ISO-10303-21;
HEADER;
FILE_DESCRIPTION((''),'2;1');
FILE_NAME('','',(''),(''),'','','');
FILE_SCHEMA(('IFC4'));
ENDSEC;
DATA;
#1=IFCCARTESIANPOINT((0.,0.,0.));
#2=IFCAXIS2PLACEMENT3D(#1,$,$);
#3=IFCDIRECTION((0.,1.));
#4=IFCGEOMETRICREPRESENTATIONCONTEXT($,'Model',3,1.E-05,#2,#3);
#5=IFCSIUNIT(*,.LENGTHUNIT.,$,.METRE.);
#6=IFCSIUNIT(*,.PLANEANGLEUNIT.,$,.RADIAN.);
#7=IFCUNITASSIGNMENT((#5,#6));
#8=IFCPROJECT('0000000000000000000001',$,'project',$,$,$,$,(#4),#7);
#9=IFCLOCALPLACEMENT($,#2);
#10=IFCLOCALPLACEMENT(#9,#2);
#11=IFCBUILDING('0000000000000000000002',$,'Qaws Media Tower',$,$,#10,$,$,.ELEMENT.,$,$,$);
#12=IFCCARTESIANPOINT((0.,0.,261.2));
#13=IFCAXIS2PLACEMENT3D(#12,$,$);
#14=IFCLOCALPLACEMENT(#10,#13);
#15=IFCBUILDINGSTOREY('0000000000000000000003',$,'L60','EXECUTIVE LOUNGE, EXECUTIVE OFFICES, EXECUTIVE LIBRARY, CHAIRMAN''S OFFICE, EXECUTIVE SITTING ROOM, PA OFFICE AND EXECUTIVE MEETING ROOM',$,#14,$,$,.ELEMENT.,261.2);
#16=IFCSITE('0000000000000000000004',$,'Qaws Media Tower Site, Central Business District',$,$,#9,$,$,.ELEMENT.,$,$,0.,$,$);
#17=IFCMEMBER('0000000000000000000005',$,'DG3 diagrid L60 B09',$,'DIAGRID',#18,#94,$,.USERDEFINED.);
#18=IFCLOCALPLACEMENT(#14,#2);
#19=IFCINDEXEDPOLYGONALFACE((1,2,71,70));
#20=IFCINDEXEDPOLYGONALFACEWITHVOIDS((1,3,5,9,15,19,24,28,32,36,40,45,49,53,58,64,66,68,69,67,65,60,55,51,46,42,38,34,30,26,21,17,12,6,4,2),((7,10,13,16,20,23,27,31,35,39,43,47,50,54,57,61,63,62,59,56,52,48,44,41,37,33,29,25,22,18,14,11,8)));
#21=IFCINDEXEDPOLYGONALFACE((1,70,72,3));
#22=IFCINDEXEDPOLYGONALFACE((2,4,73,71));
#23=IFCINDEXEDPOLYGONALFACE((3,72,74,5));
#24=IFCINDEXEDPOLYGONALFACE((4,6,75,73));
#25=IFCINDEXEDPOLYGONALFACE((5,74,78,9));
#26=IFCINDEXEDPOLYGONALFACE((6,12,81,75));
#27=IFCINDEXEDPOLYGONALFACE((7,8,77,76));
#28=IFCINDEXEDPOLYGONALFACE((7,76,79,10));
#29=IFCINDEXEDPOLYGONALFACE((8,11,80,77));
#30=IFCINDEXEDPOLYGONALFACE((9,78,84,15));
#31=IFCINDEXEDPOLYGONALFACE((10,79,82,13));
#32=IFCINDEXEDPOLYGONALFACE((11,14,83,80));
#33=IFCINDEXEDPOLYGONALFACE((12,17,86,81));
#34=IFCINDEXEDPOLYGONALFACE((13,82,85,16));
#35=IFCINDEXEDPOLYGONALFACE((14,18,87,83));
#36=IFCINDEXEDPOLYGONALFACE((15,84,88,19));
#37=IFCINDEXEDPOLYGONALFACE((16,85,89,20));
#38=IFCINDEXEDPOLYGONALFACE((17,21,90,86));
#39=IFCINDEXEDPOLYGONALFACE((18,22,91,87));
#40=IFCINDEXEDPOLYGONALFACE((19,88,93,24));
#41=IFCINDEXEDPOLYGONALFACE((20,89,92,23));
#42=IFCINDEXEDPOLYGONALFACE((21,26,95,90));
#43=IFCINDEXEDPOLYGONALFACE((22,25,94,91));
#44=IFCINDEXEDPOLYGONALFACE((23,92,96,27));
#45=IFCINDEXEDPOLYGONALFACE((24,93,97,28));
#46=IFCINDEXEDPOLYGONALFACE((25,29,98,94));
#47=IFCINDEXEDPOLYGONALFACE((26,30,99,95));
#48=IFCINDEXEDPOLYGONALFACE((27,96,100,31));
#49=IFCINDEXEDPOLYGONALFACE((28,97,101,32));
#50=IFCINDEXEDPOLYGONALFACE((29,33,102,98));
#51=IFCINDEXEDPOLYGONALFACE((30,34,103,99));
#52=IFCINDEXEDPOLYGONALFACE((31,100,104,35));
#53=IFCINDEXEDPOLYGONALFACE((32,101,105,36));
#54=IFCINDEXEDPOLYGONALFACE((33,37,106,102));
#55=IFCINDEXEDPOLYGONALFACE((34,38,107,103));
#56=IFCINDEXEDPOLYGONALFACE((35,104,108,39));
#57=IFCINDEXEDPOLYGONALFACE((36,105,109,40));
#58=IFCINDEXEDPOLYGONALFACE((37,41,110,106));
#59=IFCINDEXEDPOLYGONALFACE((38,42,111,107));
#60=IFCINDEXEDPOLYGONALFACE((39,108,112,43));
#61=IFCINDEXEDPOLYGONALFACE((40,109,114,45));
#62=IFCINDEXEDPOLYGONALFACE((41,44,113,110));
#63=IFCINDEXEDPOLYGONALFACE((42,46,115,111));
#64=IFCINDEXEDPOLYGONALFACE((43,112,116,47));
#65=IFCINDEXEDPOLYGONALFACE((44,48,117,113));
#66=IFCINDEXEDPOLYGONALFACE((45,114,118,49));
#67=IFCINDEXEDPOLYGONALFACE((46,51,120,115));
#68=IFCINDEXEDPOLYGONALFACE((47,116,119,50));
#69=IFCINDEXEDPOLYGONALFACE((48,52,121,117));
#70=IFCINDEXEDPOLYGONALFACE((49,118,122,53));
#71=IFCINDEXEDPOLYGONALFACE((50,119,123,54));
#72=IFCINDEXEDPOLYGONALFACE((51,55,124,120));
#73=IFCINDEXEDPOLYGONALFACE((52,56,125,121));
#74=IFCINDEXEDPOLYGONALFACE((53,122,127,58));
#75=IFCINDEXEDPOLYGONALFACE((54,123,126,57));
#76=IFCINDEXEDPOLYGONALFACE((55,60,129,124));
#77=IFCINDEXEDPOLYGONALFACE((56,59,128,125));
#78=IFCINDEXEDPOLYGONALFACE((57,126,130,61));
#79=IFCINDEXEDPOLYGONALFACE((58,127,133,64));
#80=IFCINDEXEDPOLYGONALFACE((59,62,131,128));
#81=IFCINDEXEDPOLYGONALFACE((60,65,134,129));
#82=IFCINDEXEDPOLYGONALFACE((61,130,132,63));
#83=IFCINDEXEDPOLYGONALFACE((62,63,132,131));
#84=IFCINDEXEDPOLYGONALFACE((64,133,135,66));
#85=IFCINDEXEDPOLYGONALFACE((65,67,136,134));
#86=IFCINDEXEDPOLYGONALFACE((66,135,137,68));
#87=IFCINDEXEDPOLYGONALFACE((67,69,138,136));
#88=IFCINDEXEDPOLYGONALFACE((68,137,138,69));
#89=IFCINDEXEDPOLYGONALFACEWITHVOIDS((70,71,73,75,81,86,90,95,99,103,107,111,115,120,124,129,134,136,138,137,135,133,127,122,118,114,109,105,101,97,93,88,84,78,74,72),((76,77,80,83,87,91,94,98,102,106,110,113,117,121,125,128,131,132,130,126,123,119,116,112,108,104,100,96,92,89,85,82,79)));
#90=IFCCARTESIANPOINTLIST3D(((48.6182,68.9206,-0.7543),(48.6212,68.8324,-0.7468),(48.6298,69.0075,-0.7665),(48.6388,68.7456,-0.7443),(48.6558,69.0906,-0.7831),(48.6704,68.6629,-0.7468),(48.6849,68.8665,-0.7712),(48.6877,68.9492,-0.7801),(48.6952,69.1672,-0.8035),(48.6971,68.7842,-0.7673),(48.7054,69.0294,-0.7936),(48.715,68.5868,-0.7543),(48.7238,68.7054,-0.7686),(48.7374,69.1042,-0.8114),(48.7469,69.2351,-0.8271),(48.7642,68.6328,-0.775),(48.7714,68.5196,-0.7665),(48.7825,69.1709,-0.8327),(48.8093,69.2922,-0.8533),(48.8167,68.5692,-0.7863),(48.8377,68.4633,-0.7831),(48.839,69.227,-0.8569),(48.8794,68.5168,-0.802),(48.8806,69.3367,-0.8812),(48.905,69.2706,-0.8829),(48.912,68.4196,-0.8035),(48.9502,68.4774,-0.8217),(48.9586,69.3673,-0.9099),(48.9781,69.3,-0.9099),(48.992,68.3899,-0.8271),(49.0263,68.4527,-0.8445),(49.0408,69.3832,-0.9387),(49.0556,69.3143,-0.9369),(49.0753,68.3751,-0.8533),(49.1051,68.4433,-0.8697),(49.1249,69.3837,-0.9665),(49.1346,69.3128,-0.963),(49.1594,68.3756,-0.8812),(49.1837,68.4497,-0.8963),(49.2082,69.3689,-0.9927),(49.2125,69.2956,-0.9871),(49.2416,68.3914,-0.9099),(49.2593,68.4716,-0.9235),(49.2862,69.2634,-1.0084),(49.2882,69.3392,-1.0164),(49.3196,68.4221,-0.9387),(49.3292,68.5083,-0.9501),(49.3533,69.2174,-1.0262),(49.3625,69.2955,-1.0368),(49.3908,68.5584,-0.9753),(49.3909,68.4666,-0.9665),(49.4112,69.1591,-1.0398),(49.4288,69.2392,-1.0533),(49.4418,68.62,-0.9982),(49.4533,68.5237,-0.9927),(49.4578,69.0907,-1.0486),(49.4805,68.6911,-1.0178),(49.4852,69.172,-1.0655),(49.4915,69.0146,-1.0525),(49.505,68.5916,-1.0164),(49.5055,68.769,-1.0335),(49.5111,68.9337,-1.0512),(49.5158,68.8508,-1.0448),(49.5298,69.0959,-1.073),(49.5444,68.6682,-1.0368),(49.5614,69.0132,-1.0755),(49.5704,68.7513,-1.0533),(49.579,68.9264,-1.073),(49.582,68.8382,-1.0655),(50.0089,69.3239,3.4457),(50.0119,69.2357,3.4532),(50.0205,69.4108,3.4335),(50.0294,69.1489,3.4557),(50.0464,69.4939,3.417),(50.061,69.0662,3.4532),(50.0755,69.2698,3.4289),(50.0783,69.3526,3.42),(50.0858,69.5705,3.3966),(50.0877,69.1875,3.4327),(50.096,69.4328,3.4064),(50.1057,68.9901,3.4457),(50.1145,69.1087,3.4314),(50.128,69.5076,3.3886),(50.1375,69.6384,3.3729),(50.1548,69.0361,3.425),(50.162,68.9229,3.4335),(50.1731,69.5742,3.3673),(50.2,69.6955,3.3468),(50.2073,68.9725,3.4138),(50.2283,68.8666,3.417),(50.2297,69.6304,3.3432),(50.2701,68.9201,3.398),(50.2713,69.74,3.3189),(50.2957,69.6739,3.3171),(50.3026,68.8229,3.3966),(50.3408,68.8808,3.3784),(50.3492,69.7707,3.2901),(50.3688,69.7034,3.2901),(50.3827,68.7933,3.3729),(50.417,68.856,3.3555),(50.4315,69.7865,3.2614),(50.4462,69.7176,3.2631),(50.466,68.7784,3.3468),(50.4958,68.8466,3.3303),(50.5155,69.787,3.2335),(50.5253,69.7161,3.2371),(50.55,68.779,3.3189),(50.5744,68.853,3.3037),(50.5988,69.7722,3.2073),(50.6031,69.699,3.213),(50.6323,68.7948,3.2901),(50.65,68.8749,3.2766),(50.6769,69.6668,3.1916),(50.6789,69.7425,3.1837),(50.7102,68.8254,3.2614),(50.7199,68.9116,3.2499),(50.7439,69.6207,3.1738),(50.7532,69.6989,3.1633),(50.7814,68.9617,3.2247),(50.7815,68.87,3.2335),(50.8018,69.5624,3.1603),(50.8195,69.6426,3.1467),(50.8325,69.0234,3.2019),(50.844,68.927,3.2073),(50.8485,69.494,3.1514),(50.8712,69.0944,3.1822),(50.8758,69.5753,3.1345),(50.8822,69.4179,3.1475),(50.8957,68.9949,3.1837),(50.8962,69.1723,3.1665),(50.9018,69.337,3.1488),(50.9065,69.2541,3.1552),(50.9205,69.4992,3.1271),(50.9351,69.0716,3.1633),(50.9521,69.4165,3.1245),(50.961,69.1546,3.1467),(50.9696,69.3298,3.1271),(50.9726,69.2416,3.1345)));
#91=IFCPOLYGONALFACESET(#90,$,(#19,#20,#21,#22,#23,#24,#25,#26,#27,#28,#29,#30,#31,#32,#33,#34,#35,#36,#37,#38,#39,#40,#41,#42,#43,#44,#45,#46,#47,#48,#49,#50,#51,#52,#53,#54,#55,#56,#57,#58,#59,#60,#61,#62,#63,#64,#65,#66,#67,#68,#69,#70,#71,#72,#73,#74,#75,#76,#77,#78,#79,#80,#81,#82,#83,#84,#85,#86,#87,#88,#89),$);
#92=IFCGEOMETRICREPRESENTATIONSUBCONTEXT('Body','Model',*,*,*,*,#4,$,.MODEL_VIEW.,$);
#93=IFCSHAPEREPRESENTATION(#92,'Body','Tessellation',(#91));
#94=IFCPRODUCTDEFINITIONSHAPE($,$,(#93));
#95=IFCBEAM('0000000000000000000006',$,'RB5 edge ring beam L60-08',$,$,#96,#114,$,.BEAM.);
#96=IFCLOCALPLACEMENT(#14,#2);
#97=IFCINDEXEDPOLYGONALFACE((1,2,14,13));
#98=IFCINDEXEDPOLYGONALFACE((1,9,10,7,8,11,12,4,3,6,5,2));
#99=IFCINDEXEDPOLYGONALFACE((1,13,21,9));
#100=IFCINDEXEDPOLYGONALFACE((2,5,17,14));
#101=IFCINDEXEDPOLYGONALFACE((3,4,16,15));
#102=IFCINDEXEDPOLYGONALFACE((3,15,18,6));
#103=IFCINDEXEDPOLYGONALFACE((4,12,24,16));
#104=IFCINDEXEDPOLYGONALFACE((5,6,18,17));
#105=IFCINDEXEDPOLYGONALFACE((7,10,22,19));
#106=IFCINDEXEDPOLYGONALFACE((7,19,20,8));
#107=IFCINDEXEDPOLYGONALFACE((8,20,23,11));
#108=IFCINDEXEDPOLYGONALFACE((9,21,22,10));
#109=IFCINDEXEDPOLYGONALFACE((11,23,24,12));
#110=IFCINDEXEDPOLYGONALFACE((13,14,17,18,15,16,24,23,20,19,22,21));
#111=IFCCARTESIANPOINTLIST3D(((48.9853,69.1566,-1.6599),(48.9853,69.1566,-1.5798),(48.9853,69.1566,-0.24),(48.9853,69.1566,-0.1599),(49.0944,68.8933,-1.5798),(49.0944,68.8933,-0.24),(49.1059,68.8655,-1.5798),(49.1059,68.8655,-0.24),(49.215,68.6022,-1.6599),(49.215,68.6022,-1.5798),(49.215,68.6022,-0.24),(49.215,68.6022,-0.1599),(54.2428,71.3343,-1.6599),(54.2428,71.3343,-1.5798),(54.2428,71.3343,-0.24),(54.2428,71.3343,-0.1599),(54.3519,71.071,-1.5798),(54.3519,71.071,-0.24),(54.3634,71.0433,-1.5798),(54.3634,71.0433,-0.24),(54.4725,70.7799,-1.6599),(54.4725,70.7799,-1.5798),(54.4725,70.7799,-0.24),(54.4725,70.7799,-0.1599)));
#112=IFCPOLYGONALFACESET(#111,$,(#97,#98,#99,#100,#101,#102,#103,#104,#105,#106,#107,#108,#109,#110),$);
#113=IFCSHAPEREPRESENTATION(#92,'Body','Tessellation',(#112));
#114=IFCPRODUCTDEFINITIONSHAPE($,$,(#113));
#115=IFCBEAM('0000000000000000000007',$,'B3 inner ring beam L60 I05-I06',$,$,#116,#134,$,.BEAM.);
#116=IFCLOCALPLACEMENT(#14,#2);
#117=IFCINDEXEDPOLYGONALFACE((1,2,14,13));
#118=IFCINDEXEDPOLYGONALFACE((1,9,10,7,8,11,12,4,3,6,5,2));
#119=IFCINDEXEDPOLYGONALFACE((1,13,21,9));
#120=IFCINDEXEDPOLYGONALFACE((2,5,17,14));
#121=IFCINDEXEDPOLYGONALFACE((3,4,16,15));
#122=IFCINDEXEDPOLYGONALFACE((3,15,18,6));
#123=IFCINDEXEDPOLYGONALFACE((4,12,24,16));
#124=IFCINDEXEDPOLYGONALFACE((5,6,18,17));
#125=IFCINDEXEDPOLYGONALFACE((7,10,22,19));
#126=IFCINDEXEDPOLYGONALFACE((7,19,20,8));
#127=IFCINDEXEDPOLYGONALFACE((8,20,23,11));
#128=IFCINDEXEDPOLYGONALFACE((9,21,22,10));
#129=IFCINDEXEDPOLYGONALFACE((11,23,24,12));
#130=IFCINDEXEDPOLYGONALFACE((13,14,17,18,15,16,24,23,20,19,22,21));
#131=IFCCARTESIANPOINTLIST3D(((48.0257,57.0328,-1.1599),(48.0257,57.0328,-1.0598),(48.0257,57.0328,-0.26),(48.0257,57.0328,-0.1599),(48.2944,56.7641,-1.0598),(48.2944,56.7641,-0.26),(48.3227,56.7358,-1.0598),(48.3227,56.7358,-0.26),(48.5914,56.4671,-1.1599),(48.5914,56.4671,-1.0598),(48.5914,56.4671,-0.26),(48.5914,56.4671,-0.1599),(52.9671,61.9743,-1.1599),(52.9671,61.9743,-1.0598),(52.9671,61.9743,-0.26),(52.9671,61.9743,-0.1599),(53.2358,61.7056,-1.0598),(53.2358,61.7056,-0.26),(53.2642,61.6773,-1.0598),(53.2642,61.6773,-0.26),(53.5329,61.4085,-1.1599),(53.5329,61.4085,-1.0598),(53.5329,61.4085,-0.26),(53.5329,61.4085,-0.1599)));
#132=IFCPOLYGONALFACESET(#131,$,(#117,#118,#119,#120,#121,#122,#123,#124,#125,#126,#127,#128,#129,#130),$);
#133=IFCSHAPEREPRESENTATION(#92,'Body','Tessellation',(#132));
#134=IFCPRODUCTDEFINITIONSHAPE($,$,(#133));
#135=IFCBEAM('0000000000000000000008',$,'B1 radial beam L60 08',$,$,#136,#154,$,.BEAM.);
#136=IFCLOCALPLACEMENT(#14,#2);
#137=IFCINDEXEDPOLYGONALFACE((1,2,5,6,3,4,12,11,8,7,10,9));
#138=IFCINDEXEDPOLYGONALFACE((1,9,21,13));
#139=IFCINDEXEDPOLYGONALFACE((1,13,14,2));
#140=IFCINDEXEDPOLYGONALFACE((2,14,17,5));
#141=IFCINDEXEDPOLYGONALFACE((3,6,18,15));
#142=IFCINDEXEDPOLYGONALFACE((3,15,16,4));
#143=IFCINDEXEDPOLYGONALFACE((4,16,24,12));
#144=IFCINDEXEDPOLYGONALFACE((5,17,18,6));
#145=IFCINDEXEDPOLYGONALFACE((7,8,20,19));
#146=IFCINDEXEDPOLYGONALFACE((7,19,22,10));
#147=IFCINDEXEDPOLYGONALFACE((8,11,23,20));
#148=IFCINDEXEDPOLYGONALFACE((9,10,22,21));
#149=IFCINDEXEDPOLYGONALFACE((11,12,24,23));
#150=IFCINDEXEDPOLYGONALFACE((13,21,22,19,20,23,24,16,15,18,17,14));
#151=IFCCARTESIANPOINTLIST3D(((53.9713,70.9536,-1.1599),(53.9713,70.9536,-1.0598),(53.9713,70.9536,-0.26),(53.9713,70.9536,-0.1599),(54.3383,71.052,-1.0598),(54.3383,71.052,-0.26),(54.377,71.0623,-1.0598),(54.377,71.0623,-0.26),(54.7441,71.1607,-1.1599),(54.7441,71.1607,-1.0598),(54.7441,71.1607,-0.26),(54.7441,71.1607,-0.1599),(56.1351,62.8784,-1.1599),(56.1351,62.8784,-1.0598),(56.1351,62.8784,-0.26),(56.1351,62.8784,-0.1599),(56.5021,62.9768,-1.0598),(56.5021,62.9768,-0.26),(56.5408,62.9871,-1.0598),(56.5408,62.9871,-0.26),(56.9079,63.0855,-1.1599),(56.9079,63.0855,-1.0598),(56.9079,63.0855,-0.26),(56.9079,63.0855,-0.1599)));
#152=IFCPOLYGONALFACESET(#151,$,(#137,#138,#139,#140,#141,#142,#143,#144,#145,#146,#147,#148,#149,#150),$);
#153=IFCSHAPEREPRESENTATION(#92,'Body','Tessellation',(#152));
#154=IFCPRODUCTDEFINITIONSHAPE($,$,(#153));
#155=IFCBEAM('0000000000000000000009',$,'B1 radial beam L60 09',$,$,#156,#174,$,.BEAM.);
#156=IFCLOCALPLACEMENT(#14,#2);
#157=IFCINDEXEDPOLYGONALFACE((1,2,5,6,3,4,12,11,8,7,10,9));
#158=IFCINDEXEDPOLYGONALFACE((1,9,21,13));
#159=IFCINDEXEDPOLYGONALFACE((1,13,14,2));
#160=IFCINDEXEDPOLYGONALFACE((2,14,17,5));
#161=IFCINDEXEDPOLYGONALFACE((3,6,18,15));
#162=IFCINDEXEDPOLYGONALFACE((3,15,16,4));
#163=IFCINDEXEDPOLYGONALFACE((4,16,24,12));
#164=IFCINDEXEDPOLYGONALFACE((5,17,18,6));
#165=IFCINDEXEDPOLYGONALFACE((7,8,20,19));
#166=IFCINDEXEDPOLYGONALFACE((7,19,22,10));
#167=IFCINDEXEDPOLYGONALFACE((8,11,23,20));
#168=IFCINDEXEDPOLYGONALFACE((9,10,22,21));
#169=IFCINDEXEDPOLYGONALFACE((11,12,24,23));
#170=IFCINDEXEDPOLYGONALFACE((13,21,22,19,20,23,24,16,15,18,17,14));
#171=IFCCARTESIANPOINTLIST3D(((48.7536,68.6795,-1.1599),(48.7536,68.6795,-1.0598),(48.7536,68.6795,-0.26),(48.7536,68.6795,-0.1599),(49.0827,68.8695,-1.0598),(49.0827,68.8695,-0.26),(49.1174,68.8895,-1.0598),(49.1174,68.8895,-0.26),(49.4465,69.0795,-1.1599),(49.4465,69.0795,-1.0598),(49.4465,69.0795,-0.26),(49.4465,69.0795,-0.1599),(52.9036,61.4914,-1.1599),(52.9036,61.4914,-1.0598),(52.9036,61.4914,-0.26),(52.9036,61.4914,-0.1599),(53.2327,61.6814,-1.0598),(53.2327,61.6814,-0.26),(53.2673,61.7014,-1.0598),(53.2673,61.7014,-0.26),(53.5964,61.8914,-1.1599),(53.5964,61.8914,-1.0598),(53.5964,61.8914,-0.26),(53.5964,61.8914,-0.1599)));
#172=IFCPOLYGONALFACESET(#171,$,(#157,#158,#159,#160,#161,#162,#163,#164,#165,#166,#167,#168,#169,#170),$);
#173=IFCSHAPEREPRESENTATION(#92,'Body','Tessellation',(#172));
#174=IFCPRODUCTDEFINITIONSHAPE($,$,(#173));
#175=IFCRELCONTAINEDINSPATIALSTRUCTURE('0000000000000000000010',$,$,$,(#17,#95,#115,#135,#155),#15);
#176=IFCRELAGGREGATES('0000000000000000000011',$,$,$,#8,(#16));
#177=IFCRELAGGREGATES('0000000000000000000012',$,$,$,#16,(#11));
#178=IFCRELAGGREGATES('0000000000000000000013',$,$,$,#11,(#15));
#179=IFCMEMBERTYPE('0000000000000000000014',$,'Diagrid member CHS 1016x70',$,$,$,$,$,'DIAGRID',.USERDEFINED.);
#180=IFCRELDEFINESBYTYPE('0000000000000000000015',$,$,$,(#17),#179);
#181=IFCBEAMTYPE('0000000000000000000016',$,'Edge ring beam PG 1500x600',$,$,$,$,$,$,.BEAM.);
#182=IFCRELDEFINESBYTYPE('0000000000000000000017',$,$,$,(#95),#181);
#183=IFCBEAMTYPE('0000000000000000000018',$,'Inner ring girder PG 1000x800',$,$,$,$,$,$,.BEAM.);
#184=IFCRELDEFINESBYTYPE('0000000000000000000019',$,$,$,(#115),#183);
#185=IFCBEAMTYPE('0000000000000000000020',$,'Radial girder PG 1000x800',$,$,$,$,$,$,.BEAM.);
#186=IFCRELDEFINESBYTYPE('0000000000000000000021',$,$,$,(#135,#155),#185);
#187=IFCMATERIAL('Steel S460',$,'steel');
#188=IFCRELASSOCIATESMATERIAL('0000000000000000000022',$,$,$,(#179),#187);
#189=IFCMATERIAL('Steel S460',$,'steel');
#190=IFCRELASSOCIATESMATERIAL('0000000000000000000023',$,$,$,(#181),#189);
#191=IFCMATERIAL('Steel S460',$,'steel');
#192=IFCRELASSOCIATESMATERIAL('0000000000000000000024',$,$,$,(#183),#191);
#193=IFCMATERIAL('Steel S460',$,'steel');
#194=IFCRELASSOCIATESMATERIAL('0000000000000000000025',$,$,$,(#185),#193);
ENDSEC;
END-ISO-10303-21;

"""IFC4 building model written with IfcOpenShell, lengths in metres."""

from ifc_helpers import new_model, si_unit, direction, frame, origin, origin_2d, place, context, subcontext, project, spatial, hollow_circle, i_section, extrude, material, material_profile, profile_set, type_object, element, save


model = new_model("IFC4")

# Units and contexts
model_context = context("Model", 3, precision=1e-05, world=origin(), true_north=direction((0.0, 1.0)))
body_context = subcontext(model_context, "Body", "Model", "MODEL_VIEW")
ifc_project = project(units=[si_unit("LENGTHUNIT", "METRE"), si_unit("PLANEANGLEUNIT", "RADIAN")], contexts=[model_context])

# Site, building, storey
site_placement = place(None, origin())
site = spatial("IfcSite", under=ifc_project, at=site_placement, Name="Qaws Media Tower Site, Central Business District", CompositionType="ELEMENT", RefElevation=0.0)
building_placement = place(site_placement, origin())
building = spatial("IfcBuilding", under=site, at=building_placement, Name="Qaws Media Tower", CompositionType="ELEMENT")
storey_placement = place(building_placement, frame((0.0, 0.0, 261.2)))
storey = spatial("IfcBuildingStorey", under=building, at=storey_placement, Name="L60", Description="EXECUTIVE LOUNGE, EXECUTIVE OFFICES, EXECUTIVE LIBRARY, CHAIRMAN'S OFFICE, EXECUTIVE SITTING ROOM, PA OFFICE AND EXECUTIVE MEETING ROOM", CompositionType="ELEMENT", Elevation=261.2)

# Member
ifc_material_1 = material(Name="Steel S460", Category="steel")
ifc_material_profile_1 = material_profile(ifc_material_1, hollow_circle(Radius=0.5081, WallThickness=0.0701, at=origin_2d()), Name="CHS 1016x70")
ifc_profile_set_1 = profile_set([ifc_material_profile_1], Name="Steel S460")
member_type_1 = type_object("IfcMemberType", Name="Diagrid member CHS 1016x70", ElementType="DIAGRID", PredefinedType="USERDEFINED", material=ifc_profile_set_1)
for number, where, z_axis, x_axis, name in (
    (1, (49.1001, 68.8794, -0.9099), (0.313025, 0.090786, 0.945396), (-0.278549, 0.960422, 0.0), "DG3 diagrid L60 B09"),
):
    element("IfcMember", number, at=place(storey_placement, frame(where, z_axis=z_axis, x_axis=x_axis)), inside=storey, type_object=member_type_1, Name=name, ObjectType="DIAGRID", PredefinedType="USERDEFINED", context=body_context, shape_type="SweptSolid", body=[
        extrude(hollow_circle(Radius=0.5081, WallThickness=0.0701, at=origin_2d()), origin(), (0.0, 0.0, 1.0), 4.4426),
    ])

# Beams
ifc_material_2 = material(Name="Steel S460", Category="steel")
ifc_material_profile_2 = material_profile(ifc_material_2, i_section(OverallWidth=0.6001, OverallDepth=1.5, WebThickness=0.03, FlangeThickness=0.0801, at=origin_2d()), Name="PG 1500x600")
ifc_profile_set_2 = profile_set([ifc_material_profile_2], Name="Steel S460")
beam_type_1 = type_object("IfcBeamType", Name="Edge ring beam PG 1500x600", PredefinedType="BEAM", material=ifc_profile_set_2)
beam_1_placement = place(storey_placement, frame((54.3577, 71.0571, -0.9099), z_axis=(-0.923881, -0.38268, 0.0), x_axis=(0.38268, -0.923881, 0.0)))
element("IfcBeam", 2, at=beam_1_placement, inside=storey, type_object=beam_type_1, Name="RB5 edge ring beam L60-08", PredefinedType="BEAM", context=body_context, shape_type="SweptSolid", body=[
    extrude(i_section(OverallWidth=0.6001, OverallDepth=1.5, WebThickness=0.03, FlangeThickness=0.0801, at=origin_2d()), origin(), (0.0, 0.0, 1.0), 5.6907),
])
ifc_material_3 = material(Name="Steel S460", Category="steel")
ifc_material_profile_3 = material_profile(ifc_material_3, i_section(OverallWidth=0.8, OverallDepth=1.0, WebThickness=0.04, FlangeThickness=0.1001, at=origin_2d()), Name="PG 1000x800")
ifc_profile_set_3 = profile_set([ifc_material_profile_3], Name="Steel S460")
beam_type_2 = type_object("IfcBeamType", Name="Inner ring girder PG 1000x800", PredefinedType="BEAM", material=ifc_profile_set_3)
beam_2_placement = place(storey_placement, frame((53.25, 61.6914, -0.6599), z_axis=(-0.707107, -0.707107, 0.0), x_axis=(0.707107, -0.707107, 0.0)))
element("IfcBeam", 3, at=beam_2_placement, inside=storey, type_object=beam_type_2, Name="B3 inner ring beam L60 I05-I06", PredefinedType="BEAM", context=body_context, shape_type="SweptSolid", body=[
    extrude(i_section(OverallWidth=0.8, OverallDepth=1.0, WebThickness=0.04, FlangeThickness=0.1001, at=origin_2d()), origin(), (0.0, 0.0, 1.0), 6.9883),
])
ifc_material_4 = material(Name="Steel S460", Category="steel")
ifc_material_profile_4 = material_profile(ifc_material_4, i_section(OverallWidth=0.8, OverallDepth=1.0, WebThickness=0.04, FlangeThickness=0.1001, at=origin_2d()), Name="PG 1000x800")
ifc_profile_set_4 = profile_set([ifc_material_profile_4], Name="Steel S460")
beam_type_3 = type_object("IfcBeamType", Name="Radial girder PG 1000x800", PredefinedType="BEAM", material=ifc_profile_set_4)
beam_3_placement = place(storey_placement, frame((56.5215, 62.9819, -0.6599), z_axis=(-0.258828, 0.965924, 0.0), x_axis=(-0.965924, -0.258828, 0.0)))
element("IfcBeam", 4, at=beam_3_placement, inside=storey, type_object=beam_type_3, Name="B1 radial beam L60 08", PredefinedType="BEAM", context=body_context, shape_type="SweptSolid", body=[
    extrude(i_section(OverallWidth=0.8, OverallDepth=1.0, WebThickness=0.04, FlangeThickness=0.1001, at=origin_2d()), origin(), (0.0, 0.0, 1.0), 8.3601),
])
beam_4_placement = place(storey_placement, frame((53.25, 61.6914, -0.6599), z_axis=(-0.499992, 0.86603, 0.0), x_axis=(-0.86603, -0.499992, 0.0)))
element("IfcBeam", 5, at=beam_4_placement, inside=storey, type_object=beam_type_3, Name="B1 radial beam L60 09", PredefinedType="BEAM", context=body_context, shape_type="SweptSolid", body=[
    extrude(i_section(OverallWidth=0.8, OverallDepth=1.0, WebThickness=0.04, FlangeThickness=0.1001, at=origin_2d()), origin(), (0.0, 0.0, 1.0), 8.3),
])

save(model, "model.ifc")
